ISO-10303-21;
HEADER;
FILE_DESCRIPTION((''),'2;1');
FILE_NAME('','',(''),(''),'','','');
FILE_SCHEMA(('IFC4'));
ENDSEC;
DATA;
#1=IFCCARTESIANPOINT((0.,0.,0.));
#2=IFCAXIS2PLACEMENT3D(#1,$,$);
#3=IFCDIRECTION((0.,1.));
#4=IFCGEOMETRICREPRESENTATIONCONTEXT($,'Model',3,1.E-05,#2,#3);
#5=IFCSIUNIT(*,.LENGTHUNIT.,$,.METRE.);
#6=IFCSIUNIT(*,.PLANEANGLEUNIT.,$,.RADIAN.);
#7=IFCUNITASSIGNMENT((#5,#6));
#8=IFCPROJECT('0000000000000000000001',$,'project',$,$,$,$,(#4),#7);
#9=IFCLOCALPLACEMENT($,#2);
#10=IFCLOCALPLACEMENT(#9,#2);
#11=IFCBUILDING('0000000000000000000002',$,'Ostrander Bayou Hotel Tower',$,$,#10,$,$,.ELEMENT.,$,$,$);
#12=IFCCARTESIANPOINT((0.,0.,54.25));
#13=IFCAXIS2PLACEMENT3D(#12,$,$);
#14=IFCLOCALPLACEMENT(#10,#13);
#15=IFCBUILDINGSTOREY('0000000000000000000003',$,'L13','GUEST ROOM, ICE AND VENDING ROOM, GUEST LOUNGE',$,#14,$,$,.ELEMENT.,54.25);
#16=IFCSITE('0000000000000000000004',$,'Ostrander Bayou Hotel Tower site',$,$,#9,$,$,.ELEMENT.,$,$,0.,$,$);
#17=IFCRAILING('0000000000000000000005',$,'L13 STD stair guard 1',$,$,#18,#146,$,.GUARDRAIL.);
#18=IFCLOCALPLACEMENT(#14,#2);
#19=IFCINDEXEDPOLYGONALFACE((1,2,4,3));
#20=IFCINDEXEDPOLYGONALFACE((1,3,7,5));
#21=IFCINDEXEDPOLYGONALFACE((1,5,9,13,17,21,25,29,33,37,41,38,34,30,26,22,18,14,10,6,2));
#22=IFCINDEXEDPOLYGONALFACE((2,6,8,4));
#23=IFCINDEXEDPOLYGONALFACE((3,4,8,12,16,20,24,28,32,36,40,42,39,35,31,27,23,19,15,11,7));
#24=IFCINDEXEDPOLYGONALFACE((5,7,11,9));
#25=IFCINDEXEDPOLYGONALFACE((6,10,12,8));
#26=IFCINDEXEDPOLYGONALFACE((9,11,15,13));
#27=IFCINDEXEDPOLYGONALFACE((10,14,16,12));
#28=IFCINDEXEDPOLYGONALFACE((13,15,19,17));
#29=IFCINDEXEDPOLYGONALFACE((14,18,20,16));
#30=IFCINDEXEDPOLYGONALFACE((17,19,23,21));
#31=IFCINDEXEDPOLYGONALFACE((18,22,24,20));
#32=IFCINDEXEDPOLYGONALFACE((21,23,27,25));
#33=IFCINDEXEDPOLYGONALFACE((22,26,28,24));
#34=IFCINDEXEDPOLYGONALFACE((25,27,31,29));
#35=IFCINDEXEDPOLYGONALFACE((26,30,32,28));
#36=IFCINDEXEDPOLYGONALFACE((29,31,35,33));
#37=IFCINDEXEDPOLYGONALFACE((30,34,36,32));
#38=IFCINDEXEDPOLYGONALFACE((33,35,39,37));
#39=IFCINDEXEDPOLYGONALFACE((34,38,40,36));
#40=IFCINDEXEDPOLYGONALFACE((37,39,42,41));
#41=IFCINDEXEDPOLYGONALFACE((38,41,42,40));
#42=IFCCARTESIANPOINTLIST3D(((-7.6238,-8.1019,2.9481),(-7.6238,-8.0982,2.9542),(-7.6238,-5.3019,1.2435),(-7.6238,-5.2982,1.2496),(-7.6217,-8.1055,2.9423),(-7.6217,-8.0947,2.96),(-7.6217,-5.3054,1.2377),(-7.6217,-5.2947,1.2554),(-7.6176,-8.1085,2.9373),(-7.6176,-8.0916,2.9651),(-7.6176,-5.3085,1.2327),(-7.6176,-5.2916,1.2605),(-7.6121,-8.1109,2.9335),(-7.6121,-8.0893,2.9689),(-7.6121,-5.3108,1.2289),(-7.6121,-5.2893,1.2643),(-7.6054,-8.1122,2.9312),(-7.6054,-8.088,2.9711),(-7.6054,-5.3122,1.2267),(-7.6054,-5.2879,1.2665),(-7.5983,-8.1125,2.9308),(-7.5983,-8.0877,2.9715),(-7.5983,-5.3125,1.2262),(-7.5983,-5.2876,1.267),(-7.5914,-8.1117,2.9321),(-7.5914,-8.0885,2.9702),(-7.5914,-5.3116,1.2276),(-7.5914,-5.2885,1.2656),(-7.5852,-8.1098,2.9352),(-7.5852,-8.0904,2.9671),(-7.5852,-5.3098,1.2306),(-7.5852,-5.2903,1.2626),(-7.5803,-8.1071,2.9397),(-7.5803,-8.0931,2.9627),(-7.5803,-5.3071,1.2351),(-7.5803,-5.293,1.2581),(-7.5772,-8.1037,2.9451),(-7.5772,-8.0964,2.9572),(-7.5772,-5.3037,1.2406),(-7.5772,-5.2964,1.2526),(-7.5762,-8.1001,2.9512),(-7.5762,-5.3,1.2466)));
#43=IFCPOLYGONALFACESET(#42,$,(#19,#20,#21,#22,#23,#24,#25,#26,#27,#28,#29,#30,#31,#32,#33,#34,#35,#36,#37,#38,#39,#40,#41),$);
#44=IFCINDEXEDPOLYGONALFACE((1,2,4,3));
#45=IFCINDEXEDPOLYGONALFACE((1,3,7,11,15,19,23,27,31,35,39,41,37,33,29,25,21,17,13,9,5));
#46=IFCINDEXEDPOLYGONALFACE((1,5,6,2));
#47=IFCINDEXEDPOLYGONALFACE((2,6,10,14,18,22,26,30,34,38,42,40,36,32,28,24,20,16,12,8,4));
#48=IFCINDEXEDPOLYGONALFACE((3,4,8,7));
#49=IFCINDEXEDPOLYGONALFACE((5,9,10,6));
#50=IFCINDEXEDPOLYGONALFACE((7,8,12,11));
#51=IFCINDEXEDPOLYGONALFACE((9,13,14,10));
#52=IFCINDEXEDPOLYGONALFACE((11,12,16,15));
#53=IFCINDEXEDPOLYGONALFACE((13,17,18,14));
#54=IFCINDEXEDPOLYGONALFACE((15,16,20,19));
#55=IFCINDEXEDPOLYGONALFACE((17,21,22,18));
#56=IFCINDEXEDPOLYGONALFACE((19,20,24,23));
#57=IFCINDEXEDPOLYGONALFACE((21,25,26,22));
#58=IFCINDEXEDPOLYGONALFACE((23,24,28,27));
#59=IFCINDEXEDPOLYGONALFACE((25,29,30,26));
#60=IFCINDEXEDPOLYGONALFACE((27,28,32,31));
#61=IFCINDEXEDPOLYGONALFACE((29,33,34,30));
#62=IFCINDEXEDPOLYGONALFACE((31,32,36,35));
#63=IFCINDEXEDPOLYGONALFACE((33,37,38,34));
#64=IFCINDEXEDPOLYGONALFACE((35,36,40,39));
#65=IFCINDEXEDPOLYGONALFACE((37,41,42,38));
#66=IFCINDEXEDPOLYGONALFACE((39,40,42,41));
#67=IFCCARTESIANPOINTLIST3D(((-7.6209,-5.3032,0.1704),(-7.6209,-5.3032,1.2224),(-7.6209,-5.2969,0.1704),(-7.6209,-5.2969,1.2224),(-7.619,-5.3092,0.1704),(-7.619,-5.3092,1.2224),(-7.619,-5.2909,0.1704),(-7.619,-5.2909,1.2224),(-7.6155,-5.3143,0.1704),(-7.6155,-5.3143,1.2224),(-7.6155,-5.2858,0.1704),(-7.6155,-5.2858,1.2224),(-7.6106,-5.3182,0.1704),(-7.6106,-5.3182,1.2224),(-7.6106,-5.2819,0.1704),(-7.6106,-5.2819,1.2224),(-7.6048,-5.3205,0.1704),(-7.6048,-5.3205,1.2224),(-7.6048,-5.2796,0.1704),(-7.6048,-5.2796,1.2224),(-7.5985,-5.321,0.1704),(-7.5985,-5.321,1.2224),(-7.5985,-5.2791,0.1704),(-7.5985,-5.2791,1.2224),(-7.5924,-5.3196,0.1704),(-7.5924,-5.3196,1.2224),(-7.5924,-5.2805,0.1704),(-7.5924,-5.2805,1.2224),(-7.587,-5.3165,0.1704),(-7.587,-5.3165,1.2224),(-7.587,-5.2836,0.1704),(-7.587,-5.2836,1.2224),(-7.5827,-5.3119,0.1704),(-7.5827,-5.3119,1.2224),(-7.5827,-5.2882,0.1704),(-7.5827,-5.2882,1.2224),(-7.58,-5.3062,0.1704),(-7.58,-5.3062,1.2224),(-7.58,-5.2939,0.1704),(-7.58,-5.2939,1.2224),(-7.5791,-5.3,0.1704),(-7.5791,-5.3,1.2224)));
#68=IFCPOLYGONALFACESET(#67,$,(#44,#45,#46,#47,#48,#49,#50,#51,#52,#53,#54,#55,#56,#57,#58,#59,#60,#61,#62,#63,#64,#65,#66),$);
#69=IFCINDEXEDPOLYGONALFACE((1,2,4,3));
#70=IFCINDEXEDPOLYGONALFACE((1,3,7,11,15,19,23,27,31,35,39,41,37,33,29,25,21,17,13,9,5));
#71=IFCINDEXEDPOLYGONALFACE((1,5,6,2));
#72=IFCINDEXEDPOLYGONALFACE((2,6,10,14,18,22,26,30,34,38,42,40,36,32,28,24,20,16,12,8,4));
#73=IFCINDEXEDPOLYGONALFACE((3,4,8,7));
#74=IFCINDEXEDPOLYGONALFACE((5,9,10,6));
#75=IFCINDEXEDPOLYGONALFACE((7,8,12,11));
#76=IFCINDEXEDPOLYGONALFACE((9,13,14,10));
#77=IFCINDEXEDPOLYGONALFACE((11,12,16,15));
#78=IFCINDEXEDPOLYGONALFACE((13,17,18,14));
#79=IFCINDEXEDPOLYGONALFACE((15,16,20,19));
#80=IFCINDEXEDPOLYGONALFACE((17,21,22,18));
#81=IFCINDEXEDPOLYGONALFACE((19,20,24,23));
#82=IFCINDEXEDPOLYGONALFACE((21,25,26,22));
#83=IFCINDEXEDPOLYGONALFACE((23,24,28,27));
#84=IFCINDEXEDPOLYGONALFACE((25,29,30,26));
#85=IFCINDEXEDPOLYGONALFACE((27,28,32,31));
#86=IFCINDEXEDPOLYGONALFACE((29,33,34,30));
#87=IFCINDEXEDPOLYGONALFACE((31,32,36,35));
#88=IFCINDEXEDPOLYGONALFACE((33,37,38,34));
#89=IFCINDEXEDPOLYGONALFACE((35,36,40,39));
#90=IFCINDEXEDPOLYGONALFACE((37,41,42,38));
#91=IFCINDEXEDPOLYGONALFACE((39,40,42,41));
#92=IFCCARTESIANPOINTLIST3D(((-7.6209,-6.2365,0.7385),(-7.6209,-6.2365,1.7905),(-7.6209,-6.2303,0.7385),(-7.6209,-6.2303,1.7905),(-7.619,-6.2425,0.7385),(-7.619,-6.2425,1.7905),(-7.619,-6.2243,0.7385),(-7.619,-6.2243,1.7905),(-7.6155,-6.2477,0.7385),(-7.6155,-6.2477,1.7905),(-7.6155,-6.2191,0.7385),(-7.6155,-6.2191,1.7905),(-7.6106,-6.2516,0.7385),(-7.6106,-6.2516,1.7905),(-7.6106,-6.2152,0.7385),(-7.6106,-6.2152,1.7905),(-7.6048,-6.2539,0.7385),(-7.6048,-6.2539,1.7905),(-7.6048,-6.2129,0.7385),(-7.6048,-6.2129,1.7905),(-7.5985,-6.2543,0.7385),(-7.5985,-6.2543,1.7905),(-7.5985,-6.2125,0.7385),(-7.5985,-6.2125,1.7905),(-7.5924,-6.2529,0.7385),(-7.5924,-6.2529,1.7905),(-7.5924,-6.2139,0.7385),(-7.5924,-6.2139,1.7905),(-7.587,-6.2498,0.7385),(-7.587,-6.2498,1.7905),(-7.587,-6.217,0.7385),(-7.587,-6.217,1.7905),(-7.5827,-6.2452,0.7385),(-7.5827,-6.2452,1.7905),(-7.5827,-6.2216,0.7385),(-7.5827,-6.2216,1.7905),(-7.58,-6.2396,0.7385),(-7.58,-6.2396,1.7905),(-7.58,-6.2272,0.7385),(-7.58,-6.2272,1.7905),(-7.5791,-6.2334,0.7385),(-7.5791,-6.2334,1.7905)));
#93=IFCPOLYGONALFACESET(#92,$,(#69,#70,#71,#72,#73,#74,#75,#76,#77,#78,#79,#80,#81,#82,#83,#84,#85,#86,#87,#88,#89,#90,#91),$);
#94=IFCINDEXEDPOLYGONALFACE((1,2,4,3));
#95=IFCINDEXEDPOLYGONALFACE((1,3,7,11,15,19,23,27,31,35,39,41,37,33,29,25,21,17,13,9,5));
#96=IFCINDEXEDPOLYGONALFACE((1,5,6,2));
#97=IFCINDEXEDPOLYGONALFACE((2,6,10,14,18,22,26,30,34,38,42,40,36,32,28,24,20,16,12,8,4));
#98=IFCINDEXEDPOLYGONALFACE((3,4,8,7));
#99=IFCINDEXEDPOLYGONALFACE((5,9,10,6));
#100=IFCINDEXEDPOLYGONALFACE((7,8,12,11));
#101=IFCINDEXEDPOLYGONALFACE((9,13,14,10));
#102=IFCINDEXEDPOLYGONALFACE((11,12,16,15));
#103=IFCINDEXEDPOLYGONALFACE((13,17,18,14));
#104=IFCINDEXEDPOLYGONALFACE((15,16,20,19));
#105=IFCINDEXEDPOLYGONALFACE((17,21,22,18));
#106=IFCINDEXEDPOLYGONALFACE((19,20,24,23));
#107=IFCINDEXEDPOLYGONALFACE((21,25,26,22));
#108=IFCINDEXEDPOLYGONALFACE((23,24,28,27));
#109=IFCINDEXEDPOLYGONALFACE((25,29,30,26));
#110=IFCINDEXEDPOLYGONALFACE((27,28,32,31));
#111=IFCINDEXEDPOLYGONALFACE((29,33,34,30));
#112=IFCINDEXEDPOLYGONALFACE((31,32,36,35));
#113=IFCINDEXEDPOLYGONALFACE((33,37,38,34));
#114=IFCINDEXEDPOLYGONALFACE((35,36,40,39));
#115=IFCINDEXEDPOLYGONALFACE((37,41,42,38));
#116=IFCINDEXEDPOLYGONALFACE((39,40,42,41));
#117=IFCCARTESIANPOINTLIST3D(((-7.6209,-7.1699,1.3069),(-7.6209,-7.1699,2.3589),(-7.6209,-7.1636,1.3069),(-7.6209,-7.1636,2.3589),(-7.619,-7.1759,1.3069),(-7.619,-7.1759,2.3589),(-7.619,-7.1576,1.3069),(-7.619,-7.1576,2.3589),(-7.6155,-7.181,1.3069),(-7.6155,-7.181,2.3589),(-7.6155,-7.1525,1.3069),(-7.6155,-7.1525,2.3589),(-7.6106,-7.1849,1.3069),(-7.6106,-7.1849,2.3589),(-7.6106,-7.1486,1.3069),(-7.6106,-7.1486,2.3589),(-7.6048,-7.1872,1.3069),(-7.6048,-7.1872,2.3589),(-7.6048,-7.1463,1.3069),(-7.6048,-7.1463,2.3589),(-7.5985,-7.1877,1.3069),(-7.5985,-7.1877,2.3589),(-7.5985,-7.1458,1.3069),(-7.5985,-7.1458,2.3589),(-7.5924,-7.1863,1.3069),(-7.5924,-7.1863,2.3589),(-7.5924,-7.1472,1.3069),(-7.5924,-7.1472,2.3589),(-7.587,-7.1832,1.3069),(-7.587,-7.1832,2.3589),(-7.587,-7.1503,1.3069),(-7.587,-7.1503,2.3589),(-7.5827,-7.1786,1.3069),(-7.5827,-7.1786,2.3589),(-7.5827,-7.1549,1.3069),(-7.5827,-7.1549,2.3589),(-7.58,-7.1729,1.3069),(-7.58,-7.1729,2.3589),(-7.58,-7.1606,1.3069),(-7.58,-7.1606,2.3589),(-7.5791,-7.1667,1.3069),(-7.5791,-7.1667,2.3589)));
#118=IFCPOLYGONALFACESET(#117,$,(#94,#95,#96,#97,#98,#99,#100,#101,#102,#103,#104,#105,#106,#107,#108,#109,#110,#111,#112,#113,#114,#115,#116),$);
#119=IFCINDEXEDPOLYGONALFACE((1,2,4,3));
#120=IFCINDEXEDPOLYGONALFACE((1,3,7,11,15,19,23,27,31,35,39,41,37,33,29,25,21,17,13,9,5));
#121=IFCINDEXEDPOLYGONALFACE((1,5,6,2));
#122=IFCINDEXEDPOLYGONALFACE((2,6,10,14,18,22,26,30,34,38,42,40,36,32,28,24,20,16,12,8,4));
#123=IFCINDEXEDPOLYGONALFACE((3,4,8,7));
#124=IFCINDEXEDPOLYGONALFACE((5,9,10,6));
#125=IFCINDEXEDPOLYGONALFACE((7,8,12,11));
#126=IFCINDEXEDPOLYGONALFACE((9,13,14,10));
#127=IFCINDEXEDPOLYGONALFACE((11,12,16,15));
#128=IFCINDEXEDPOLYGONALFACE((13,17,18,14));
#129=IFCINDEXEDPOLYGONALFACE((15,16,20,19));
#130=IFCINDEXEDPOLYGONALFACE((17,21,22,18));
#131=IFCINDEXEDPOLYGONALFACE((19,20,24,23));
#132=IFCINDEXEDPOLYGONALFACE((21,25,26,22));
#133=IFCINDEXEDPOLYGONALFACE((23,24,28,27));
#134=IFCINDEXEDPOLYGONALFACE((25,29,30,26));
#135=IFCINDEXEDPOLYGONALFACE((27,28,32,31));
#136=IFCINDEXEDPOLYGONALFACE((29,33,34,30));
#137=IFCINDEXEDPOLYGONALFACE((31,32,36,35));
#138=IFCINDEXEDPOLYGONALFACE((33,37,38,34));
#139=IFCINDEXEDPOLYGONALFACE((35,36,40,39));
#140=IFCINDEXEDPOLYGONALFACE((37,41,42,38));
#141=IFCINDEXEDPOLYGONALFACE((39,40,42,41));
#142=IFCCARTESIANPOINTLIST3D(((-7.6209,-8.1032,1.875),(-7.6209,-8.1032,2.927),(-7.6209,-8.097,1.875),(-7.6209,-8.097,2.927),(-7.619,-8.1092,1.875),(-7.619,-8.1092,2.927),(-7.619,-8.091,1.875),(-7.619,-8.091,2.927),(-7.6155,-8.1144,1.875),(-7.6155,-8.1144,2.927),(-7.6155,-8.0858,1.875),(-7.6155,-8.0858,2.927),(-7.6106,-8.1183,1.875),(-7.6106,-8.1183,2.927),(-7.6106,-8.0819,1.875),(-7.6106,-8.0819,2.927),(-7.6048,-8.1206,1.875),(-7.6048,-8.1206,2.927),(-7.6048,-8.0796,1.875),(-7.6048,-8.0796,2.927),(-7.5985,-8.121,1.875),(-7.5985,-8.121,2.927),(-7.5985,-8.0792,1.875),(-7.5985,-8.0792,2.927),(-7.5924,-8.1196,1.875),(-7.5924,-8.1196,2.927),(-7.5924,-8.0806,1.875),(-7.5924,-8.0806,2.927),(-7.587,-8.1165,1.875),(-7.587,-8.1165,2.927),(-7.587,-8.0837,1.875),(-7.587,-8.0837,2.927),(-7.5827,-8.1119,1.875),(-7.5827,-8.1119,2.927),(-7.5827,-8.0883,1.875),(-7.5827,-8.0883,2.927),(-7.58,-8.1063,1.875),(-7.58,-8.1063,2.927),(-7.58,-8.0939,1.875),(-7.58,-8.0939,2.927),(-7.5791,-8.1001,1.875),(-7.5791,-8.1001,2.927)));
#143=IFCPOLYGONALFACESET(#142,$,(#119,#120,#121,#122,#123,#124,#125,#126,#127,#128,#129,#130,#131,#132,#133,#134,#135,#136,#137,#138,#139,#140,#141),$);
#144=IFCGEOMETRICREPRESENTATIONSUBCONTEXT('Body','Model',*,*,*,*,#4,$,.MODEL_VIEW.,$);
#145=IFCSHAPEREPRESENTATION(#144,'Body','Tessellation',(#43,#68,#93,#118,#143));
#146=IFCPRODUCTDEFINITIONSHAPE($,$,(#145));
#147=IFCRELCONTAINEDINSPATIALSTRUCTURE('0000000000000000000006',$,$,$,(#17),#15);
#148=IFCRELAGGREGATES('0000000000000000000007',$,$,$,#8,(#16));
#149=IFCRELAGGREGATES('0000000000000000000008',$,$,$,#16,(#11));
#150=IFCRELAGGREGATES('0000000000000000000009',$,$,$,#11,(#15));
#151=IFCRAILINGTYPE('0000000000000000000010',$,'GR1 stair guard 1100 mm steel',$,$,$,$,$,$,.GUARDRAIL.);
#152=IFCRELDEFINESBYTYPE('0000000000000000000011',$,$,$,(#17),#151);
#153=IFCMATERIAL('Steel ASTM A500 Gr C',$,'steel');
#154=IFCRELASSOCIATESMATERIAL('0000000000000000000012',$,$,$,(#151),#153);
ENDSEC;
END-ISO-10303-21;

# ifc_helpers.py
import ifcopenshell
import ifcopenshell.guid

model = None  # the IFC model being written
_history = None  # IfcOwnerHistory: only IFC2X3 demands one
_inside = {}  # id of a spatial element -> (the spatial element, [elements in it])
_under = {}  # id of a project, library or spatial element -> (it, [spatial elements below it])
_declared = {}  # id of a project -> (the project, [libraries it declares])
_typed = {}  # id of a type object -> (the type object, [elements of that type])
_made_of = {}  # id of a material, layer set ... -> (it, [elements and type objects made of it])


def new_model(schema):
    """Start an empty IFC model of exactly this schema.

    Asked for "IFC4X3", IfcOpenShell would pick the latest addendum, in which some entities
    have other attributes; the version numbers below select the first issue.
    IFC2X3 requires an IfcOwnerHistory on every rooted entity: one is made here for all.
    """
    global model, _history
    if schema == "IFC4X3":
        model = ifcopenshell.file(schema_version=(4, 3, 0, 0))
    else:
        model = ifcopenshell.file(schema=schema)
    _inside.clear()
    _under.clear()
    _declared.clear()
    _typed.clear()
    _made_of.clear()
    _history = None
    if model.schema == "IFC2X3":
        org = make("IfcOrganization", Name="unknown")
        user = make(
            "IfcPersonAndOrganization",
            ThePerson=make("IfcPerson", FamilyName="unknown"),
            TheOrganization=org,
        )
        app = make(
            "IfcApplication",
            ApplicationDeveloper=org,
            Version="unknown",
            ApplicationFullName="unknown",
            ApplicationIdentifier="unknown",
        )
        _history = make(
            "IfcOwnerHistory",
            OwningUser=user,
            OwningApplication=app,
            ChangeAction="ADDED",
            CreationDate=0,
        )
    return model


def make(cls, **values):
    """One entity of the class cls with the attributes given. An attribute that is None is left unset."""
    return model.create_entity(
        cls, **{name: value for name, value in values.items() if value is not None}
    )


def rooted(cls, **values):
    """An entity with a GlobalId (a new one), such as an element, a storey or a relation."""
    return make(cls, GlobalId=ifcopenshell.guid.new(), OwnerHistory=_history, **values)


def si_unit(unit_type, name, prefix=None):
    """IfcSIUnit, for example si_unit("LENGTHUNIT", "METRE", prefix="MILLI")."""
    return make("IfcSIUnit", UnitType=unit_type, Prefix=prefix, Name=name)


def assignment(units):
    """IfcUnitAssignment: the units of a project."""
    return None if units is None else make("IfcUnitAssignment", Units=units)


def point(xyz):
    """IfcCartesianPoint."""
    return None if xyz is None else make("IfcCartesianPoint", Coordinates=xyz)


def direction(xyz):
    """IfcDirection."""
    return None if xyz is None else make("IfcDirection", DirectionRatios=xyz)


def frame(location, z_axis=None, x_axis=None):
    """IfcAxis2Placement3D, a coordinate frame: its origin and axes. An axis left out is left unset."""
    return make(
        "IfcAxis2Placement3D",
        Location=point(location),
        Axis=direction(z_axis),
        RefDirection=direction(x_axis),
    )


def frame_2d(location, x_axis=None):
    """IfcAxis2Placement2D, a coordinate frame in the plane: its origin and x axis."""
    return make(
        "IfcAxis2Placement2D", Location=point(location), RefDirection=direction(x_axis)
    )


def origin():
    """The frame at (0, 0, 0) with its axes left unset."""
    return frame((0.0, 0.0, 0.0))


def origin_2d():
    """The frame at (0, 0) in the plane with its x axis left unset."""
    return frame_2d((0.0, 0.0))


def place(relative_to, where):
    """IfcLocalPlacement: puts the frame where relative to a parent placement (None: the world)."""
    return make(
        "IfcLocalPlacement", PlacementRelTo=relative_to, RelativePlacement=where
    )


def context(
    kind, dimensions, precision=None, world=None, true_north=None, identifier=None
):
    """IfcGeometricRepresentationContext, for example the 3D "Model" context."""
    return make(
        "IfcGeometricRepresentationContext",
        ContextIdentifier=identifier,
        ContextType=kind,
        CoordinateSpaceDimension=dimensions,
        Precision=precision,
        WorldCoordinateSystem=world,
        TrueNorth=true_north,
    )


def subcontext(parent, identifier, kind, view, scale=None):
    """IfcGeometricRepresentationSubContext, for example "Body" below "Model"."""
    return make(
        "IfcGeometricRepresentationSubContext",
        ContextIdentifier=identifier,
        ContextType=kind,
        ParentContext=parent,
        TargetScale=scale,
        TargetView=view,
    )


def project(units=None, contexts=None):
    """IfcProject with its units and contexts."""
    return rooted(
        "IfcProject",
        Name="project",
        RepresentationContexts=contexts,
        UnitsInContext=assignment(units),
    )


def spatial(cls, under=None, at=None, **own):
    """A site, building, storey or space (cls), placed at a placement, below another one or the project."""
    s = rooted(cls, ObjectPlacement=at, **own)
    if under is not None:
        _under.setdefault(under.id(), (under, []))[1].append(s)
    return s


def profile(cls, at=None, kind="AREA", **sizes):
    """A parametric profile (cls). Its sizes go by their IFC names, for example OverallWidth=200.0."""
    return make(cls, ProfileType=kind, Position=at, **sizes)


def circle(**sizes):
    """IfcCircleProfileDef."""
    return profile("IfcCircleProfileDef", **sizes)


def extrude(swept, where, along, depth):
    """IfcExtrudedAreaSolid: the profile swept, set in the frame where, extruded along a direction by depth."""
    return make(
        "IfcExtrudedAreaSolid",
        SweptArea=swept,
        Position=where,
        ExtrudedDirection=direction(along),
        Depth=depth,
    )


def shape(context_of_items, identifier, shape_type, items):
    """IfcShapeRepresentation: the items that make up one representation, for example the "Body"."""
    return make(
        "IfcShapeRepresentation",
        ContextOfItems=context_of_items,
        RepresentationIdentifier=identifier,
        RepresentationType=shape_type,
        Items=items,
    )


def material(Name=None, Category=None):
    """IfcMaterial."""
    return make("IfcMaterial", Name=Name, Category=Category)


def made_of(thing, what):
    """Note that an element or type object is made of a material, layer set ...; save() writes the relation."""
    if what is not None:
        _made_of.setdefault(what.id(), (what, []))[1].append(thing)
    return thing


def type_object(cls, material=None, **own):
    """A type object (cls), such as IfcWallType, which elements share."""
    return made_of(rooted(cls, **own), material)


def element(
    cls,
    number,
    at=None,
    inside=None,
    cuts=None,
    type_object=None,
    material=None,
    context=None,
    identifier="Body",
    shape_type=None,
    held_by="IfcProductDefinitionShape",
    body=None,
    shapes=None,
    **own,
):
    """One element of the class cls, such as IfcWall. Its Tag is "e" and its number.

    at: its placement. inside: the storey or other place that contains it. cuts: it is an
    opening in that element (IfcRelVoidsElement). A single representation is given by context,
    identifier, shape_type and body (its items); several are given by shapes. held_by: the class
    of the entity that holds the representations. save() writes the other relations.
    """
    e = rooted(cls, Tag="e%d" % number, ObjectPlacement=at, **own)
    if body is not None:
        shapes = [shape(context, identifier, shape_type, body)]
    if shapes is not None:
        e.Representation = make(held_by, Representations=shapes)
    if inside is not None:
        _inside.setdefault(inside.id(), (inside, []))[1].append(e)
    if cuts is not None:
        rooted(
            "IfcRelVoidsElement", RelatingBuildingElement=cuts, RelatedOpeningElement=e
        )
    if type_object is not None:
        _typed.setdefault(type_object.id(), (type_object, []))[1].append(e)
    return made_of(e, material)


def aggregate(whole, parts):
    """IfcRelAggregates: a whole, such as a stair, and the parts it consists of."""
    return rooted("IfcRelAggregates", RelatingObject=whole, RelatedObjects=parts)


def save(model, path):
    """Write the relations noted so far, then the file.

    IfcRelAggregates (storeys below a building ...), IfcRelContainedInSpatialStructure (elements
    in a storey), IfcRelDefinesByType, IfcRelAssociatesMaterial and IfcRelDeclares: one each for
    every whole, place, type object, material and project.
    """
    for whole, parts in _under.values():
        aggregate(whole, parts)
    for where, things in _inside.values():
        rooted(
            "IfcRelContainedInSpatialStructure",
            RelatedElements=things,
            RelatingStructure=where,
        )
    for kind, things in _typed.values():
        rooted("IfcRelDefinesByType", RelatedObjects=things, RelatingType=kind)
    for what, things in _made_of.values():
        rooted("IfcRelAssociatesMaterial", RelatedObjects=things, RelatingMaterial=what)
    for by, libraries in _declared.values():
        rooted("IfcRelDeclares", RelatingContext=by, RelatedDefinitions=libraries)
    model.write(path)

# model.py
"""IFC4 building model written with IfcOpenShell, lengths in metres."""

from ifc_helpers import new_model, si_unit, direction, frame, origin, origin_2d, place, context, subcontext, project, spatial, circle, extrude, material, type_object, element, save


model = new_model("IFC4")

# Units and contexts
model_context = context("Model", 3, precision=1e-05, world=origin(), true_north=direction((0.0, 1.0)))
body_context = subcontext(model_context, "Body", "Model", "MODEL_VIEW")
ifc_project = project(units=[si_unit("LENGTHUNIT", "METRE"), si_unit("PLANEANGLEUNIT", "RADIAN")], contexts=[model_context])

# Site, building, storey
site_placement = place(None, origin())
site = spatial("IfcSite", under=ifc_project, at=site_placement, Name="Ostrander Bayou Hotel Tower site", CompositionType="ELEMENT", RefElevation=0.0)
building_placement = place(site_placement, origin())
building = spatial("IfcBuilding", under=site, at=building_placement, Name="Ostrander Bayou Hotel Tower", CompositionType="ELEMENT")
storey_placement = place(building_placement, frame((0.0, 0.0, 54.25)))
storey = spatial("IfcBuildingStorey", under=building, at=storey_placement, Name="L13", Description="GUEST ROOM, ICE AND VENDING ROOM, GUEST LOUNGE", CompositionType="ELEMENT", Elevation=54.25)

# Railing
ifc_material_1 = material(Name="Steel ASTM A500 Gr C", Category="steel")
railing_type_1 = type_object("IfcRailingType", Name="GR1 stair guard 1100 mm steel", PredefinedType="GUARDRAIL", material=ifc_material_1)
railing_1_placement = place(storey_placement, frame((-7.6001, -5.3, 0.1704)))
element("IfcRailing", 1, at=railing_1_placement, inside=storey, type_object=railing_type_1, Name="L13 STD stair guard 1", PredefinedType="GUARDRAIL", context=body_context, shape_type="SweptSolid", body=[
    extrude(circle(Radius=0.0239, at=origin_2d()), frame((0.0, 0.0, 1.0762), z_axis=(0.0, -0.85417, 0.519994), x_axis=(1.0, 0.0, 0.0)), (0.0, 0.0, 1.0), 3.2781),
    extrude(circle(Radius=0.021, at=origin_2d()), origin(), (0.0, 0.0, 1.0), 1.052),
    extrude(circle(Radius=0.021, at=origin_2d()), frame((0.0, -0.9333, 0.5681)), (0.0, 0.0, 1.0), 1.052),
    extrude(circle(Radius=0.021, at=origin_2d()), frame((0.0, -1.8667, 1.1365)), (0.0, 0.0, 1.0), 1.052),
    extrude(circle(Radius=0.021, at=origin_2d()), frame((0.0, -2.8, 1.7046)), (0.0, 0.0, 1.0), 1.052),
])

save(model, "model.ifc")
